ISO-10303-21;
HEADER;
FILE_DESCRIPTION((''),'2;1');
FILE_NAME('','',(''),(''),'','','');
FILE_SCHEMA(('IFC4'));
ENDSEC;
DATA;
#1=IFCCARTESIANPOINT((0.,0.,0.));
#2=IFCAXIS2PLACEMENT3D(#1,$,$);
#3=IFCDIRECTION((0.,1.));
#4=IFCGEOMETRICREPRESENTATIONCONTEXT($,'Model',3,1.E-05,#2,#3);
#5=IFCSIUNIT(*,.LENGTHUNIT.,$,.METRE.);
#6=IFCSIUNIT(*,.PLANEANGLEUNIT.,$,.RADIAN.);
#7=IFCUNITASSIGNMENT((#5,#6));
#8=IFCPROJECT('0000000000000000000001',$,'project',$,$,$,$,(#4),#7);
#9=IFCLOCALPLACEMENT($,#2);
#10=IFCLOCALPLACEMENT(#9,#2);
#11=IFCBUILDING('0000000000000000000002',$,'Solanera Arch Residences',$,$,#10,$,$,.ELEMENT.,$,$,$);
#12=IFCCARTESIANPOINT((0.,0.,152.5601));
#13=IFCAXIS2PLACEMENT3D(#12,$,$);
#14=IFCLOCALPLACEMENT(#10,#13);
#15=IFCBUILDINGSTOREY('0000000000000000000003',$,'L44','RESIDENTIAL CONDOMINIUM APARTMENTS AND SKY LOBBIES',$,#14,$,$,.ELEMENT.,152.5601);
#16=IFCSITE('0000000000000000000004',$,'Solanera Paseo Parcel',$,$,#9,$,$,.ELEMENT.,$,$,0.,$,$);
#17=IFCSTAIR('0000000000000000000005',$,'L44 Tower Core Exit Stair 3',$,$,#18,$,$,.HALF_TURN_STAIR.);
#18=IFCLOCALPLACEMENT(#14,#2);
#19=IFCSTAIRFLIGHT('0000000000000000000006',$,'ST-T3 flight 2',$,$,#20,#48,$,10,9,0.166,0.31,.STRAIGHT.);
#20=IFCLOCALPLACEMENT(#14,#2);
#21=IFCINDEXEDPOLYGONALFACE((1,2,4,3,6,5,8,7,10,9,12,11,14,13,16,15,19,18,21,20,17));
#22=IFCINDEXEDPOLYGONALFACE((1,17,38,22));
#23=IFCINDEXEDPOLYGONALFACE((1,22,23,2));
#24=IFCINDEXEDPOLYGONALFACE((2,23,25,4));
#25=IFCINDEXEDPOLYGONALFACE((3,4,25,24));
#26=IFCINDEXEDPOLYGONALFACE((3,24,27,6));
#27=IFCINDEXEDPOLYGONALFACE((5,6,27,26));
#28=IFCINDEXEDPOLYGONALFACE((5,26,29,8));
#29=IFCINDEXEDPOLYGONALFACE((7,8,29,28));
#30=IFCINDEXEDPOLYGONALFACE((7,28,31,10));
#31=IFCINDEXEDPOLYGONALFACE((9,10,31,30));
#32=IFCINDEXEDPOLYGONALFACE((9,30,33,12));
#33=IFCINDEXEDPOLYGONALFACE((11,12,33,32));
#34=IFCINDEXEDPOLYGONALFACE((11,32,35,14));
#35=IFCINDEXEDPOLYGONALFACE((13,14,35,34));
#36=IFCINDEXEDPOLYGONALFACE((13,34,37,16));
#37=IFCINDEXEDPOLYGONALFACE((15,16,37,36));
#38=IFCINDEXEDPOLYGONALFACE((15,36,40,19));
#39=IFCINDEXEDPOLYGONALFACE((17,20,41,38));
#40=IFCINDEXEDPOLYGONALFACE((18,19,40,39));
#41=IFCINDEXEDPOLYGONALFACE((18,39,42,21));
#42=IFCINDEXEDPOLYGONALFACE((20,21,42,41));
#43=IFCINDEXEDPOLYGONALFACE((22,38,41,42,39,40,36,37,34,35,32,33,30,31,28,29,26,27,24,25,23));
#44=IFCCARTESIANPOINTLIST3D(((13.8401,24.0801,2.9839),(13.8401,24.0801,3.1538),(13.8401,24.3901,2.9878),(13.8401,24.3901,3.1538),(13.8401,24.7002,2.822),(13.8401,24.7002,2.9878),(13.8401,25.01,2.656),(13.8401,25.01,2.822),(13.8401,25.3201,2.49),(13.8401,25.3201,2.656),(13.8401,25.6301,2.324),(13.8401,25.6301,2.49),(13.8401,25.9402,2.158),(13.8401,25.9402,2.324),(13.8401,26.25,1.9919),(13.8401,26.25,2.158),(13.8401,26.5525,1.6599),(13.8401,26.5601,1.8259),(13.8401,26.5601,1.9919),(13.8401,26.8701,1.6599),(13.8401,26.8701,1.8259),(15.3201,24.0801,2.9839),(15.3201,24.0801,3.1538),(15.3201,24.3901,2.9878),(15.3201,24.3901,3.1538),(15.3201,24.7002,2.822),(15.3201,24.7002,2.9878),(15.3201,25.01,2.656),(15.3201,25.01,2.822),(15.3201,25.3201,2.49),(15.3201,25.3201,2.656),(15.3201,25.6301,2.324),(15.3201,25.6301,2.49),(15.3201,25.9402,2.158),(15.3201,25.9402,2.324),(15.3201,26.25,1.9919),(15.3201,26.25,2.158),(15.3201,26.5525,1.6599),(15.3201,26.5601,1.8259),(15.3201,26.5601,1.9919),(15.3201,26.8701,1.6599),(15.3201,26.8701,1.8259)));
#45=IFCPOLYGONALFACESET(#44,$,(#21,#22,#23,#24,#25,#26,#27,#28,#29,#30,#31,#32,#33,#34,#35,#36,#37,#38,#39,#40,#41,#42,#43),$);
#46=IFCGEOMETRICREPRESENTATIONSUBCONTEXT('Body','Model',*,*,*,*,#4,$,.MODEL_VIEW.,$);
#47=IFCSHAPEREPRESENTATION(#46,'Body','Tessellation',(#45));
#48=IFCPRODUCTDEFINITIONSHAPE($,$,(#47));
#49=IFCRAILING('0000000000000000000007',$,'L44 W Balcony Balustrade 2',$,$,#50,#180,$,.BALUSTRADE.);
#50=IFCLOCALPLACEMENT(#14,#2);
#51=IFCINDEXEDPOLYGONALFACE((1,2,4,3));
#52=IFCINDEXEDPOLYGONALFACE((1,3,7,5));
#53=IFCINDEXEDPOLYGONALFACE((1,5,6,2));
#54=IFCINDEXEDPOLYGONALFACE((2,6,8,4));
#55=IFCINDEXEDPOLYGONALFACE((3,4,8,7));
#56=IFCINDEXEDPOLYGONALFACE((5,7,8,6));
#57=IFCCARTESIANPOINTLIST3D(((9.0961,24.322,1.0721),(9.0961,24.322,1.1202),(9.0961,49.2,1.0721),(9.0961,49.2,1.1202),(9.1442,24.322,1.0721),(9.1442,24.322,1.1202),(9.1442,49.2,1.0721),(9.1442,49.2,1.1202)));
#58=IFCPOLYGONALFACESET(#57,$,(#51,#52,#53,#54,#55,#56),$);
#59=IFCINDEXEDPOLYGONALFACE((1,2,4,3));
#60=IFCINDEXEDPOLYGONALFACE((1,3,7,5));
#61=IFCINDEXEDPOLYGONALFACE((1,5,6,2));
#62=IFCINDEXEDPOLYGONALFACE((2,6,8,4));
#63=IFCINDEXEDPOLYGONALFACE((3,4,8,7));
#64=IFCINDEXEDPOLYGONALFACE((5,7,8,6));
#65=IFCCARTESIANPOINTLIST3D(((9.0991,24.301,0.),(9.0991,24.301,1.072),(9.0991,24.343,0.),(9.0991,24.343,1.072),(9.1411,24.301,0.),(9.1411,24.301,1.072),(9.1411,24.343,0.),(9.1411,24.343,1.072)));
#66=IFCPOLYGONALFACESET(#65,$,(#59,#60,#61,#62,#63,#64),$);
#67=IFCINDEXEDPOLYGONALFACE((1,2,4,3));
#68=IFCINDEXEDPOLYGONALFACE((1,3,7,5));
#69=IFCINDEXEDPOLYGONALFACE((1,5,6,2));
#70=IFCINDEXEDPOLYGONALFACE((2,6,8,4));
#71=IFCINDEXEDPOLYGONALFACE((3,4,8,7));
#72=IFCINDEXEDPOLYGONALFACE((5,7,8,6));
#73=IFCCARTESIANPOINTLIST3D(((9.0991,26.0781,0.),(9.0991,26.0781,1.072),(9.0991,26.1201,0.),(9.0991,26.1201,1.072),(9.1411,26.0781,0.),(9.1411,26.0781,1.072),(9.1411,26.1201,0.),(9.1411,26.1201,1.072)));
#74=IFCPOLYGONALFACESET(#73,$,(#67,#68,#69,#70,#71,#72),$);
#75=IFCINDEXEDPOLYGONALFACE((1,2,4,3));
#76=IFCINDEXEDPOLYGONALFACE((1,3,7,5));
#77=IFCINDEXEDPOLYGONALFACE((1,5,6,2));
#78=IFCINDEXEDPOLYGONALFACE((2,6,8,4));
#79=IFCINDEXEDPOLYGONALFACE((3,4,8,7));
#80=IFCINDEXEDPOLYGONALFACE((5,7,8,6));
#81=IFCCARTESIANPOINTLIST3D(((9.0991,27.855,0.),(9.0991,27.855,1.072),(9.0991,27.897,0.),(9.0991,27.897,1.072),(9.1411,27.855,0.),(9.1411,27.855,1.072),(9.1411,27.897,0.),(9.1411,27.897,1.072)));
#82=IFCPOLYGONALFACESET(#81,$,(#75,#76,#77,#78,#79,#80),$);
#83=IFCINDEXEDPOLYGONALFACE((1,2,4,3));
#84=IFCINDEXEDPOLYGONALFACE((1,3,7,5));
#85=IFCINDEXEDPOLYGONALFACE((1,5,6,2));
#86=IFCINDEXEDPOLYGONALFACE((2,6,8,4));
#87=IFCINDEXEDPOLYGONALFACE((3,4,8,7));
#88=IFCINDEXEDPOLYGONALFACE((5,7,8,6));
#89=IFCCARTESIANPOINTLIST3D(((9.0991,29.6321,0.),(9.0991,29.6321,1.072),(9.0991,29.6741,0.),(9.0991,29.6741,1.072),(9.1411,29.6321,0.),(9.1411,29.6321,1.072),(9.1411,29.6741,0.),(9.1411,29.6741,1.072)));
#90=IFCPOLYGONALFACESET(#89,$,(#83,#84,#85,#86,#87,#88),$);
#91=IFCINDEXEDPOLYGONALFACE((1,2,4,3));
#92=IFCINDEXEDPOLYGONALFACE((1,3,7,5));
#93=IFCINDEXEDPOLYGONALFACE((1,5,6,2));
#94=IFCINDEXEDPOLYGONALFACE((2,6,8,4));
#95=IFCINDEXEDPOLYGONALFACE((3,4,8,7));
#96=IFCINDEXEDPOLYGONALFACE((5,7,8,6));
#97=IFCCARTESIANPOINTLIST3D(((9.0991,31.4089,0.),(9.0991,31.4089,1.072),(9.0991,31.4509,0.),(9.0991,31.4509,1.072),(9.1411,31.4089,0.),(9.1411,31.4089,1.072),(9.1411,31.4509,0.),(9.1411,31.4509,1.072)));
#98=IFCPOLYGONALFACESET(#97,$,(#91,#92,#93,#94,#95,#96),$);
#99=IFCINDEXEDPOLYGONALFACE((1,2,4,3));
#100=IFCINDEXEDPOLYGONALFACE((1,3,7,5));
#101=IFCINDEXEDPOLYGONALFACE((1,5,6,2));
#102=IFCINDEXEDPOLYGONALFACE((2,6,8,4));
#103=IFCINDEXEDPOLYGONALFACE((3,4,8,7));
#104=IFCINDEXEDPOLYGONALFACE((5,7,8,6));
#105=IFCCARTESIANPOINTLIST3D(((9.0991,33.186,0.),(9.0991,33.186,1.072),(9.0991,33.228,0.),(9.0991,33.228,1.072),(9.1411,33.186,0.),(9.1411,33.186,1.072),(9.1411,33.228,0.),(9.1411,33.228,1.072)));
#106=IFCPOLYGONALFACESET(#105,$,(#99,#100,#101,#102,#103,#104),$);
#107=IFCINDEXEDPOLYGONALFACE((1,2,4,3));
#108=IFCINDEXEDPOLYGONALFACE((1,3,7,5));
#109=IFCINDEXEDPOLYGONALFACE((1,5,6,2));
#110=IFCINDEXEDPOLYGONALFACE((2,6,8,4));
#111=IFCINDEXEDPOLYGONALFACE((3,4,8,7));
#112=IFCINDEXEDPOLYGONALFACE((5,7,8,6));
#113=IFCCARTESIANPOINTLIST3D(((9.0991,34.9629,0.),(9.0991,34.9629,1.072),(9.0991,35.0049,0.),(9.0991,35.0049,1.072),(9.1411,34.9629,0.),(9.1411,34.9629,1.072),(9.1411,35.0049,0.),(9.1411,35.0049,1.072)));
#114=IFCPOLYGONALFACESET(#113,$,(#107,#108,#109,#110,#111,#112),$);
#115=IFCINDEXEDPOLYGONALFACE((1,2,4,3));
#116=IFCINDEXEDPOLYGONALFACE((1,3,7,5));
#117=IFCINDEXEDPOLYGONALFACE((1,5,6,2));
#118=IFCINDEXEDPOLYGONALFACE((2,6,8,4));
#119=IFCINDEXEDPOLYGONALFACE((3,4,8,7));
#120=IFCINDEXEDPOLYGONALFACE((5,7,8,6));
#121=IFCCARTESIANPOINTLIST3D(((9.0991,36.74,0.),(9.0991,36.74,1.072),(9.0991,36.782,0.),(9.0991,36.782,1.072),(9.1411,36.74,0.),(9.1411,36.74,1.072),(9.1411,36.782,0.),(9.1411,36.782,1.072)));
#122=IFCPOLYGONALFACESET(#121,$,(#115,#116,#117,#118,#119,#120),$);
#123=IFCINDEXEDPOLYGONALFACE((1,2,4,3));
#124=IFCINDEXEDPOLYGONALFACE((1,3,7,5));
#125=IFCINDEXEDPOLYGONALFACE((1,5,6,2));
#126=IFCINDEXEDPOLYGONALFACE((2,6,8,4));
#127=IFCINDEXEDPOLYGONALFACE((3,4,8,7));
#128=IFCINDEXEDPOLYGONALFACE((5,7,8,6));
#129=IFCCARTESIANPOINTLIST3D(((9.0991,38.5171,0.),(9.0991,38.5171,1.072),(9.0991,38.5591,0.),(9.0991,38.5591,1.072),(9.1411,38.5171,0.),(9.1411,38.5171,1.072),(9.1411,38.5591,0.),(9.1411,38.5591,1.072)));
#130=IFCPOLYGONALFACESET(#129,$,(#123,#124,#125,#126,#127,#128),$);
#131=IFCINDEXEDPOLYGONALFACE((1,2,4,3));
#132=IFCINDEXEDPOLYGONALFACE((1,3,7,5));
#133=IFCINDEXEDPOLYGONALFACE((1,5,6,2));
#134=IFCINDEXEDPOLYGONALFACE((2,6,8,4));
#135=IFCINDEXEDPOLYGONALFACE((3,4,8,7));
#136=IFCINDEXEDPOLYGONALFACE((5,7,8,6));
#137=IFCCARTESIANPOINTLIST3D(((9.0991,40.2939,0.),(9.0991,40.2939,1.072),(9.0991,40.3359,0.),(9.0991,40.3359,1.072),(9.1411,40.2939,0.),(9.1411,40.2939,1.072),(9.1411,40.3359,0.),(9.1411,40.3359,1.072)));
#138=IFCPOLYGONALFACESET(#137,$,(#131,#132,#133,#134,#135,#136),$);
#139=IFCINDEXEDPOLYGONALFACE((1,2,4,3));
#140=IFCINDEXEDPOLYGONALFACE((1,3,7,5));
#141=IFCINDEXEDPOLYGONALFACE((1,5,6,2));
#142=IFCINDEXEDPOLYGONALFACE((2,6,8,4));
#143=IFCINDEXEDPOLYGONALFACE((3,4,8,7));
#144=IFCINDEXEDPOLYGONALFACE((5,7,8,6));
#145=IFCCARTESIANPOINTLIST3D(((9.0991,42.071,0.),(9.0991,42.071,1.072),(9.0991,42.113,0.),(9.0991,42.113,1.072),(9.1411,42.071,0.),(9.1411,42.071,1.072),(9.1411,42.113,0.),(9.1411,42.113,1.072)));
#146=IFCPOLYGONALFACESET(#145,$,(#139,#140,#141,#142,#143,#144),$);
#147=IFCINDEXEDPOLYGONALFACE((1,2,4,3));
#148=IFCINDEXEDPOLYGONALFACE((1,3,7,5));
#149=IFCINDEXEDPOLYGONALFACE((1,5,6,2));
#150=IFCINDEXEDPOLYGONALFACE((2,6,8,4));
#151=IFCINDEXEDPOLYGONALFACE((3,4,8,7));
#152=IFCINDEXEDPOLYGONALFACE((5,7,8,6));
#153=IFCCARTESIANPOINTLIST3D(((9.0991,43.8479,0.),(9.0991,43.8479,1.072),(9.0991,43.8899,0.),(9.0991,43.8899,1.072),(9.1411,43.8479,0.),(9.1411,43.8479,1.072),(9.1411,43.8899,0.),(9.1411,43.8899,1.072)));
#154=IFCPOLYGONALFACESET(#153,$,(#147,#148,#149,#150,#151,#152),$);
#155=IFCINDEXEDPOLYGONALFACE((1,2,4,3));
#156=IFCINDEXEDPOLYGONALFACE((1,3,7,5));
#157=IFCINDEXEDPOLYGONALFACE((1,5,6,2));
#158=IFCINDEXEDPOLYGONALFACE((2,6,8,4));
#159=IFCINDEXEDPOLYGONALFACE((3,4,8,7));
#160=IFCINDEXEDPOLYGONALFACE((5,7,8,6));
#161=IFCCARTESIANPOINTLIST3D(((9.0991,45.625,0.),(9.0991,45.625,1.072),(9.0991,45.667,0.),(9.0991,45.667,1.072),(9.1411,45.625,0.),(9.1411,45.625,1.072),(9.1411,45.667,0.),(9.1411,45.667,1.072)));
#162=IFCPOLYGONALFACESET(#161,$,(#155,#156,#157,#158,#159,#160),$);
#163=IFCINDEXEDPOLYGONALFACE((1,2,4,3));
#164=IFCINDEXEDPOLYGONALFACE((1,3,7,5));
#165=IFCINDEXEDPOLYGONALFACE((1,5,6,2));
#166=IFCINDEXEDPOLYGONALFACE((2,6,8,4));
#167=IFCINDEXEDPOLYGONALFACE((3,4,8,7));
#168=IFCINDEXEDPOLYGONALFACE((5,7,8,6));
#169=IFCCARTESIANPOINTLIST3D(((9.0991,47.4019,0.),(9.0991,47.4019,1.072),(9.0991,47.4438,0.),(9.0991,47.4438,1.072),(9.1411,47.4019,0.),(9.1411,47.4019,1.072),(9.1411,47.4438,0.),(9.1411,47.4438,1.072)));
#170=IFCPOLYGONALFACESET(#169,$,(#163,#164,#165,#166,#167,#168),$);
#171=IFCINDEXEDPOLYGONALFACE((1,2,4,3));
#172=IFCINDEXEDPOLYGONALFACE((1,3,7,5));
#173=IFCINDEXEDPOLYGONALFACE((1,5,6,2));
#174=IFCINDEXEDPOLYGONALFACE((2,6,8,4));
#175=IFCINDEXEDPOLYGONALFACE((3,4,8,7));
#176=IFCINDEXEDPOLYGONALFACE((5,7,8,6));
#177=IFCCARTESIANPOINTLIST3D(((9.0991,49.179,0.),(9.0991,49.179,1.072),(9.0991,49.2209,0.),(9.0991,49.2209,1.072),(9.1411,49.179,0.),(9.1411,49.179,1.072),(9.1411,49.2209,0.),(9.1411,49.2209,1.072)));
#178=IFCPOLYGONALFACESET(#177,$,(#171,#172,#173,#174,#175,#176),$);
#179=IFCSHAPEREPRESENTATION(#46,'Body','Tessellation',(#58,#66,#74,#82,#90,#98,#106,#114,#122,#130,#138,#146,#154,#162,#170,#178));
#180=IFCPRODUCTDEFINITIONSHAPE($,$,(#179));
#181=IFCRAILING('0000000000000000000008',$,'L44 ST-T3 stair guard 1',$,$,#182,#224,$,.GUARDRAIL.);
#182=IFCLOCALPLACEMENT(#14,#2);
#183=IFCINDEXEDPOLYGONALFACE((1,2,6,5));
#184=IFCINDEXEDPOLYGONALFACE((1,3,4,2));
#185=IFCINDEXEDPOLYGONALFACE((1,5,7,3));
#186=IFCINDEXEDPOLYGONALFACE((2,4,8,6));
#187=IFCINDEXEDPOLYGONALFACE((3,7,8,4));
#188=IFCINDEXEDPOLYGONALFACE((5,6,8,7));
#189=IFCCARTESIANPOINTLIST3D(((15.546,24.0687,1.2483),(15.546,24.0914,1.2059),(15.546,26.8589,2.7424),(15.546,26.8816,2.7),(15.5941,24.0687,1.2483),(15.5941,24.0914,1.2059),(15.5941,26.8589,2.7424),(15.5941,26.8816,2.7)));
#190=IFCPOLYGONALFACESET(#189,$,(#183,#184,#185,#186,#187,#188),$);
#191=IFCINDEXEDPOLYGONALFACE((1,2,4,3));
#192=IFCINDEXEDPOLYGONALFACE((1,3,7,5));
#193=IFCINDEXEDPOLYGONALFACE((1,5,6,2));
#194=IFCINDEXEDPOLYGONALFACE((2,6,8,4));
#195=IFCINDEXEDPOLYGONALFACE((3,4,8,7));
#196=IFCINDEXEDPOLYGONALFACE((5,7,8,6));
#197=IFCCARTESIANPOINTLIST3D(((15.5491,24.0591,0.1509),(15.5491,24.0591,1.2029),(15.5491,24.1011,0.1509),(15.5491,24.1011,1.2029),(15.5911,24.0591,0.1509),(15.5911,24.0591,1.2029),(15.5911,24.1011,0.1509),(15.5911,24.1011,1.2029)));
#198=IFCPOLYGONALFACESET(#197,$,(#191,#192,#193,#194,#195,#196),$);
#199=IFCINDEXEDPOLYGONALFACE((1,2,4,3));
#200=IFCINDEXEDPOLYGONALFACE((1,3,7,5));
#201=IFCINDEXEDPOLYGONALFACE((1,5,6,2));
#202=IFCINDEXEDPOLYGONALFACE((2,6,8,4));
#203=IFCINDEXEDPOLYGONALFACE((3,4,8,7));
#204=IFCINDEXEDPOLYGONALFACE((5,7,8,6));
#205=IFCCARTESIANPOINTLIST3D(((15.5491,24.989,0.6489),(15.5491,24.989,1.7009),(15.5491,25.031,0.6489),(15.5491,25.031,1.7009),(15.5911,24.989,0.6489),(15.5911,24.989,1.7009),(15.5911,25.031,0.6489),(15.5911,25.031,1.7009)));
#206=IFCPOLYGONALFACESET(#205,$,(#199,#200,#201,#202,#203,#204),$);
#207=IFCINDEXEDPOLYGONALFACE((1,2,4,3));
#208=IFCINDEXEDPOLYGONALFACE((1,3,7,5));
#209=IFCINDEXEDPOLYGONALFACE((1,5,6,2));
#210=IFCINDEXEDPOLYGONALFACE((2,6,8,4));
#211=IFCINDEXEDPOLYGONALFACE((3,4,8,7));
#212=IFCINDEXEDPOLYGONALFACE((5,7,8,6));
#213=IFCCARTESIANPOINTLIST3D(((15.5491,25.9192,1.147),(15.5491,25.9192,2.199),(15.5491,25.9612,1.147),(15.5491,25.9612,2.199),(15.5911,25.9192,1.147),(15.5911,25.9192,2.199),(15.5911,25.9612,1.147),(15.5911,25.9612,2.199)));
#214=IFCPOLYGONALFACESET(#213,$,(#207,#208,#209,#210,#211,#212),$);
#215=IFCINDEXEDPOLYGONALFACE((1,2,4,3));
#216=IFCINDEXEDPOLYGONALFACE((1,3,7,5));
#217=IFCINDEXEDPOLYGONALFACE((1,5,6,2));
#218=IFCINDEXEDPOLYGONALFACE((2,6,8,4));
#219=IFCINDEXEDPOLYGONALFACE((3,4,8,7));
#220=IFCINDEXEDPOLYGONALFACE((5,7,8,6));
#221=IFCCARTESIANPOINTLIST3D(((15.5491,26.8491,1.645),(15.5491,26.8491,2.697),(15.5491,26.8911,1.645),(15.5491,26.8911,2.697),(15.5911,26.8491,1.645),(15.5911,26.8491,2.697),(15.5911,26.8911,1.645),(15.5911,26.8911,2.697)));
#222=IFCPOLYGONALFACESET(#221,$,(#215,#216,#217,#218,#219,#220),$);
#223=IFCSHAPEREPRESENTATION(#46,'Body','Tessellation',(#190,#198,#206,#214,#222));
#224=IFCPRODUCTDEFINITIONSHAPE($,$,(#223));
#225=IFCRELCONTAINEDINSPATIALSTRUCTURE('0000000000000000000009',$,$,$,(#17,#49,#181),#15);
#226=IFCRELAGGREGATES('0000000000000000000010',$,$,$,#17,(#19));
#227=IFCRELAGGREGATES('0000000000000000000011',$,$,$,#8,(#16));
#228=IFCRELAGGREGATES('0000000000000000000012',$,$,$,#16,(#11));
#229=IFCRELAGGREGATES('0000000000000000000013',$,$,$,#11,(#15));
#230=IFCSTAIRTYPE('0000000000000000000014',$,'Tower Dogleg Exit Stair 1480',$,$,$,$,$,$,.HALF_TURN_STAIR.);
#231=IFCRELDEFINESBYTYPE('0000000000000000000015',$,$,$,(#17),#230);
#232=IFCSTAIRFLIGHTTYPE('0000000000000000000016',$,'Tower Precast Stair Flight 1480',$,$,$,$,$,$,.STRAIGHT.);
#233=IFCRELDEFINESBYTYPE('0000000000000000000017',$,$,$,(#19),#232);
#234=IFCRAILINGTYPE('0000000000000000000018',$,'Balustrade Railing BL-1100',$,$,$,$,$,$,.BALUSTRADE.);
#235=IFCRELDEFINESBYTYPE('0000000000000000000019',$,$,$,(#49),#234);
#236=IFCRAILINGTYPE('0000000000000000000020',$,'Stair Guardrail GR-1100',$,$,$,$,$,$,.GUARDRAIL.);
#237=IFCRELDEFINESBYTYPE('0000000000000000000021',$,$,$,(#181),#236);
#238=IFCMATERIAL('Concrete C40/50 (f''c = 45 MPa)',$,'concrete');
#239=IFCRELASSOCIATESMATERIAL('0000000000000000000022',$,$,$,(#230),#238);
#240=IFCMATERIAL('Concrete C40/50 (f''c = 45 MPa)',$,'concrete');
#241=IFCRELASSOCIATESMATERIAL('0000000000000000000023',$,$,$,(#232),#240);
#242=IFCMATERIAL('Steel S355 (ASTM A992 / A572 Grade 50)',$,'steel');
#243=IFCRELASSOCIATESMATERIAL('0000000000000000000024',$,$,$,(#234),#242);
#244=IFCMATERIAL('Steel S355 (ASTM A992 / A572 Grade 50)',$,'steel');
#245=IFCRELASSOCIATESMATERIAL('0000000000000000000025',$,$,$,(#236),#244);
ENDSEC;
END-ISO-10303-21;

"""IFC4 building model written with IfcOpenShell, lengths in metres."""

from ifc_helpers import new_model, si_unit, direction, frame, origin, origin_2d, place, context, subcontext, project, spatial, polyline, rectangle, outline, extrude, material, type_object, element, aggregate, save


model = new_model("IFC4")

# Units and contexts
model_context = context("Model", 3, precision=1e-05, world=origin(), true_north=direction((0.0, 1.0)))
body_context = subcontext(model_context, "Body", "Model", "MODEL_VIEW")
ifc_project = project(units=[si_unit("LENGTHUNIT", "METRE"), si_unit("PLANEANGLEUNIT", "RADIAN")], contexts=[model_context])

# Site, building, storey
site_placement = place(None, origin())
site = spatial("IfcSite", under=ifc_project, at=site_placement, Name="Solanera Paseo Parcel", CompositionType="ELEMENT", RefElevation=0.0)
building_placement = place(site_placement, origin())
building = spatial("IfcBuilding", under=site, at=building_placement, Name="Solanera Arch Residences", CompositionType="ELEMENT")
storey_placement = place(building_placement, frame((0.0, 0.0, 152.5601)))
storey = spatial("IfcBuildingStorey", under=building, at=storey_placement, Name="L44", Description="RESIDENTIAL CONDOMINIUM APARTMENTS AND SKY LOBBIES", CompositionType="ELEMENT", Elevation=152.5601)

# Stair, stair flight
ifc_material_1 = material(Name="Concrete C40/50 (f'c = 45 MPa)", Category="concrete")
stair_type = type_object("IfcStairType", Name="Tower Dogleg Exit Stair 1480", PredefinedType="HALF_TURN_STAIR", material=ifc_material_1)
stair_placement = place(storey_placement, origin())
stair = element("IfcStair", 1, at=stair_placement, inside=storey, type_object=stair_type, Name="L44 Tower Core Exit Stair 3", PredefinedType="HALF_TURN_STAIR")
ifc_material_2 = material(Name="Concrete C40/50 (f'c = 45 MPa)", Category="concrete")
stair_flight_type = type_object("IfcStairFlightType", Name="Tower Precast Stair Flight 1480", PredefinedType="STRAIGHT", material=ifc_material_2)
stair_flight_1_placement = place(storey_placement, frame((14.5801, 26.8701, 1.6599), z_axis=(0.0, 0.0, 1.0), x_axis=(0.0, -1.0, 0.0)))
stair_flight_1 = element("IfcStairFlight", 2, at=stair_flight_1_placement, type_object=stair_flight_type, Name="ST-T3 flight 2", NumberOfRisers=10, NumberOfTreads=9, PredefinedType="STRAIGHT", RiserHeight=0.166, TreadLength=0.31, context=body_context, shape_type="SweptSolid", body=[
    extrude(outline(polyline([(0.0, 0.0), (0.0, 0.166), (0.3101, 0.166), (0.3101, 0.332), (0.6201, 0.332), (0.6201, 0.498), (0.9299, 0.498), (0.9299, 0.6641), (1.24, 0.6641), (1.24, 0.8301), (1.55, 0.8301), (1.55, 0.9961), (1.8601, 0.9961), (1.8601, 1.1621), (2.1699, 1.1621), (2.1699, 1.3279), (2.48, 1.3279), (2.48, 1.4939), (2.79, 1.4939), (2.79, 1.6599), (2.79, 1.324), (0.3176, 0.0), (0.0, 0.0)])), frame((0.0, 0.74, 0.0), z_axis=(0.0, -1.0, 0.0), x_axis=(1.0, 0.0, 0.0)), (0.0, 0.0, 1.0), 1.48),
])
aggregate(stair, [stair_flight_1])

# Railings
ifc_material_3 = material(Name="Steel S355 (ASTM A992 / A572 Grade 50)", Category="steel")
railing_type_1 = type_object("IfcRailingType", Name="Balustrade Railing BL-1100", PredefinedType="BALUSTRADE", material=ifc_material_3)
railing_1_placement = place(storey_placement, frame((9.1201, 24.322, 0.0)))
element("IfcRailing", 3, at=railing_1_placement, inside=storey, type_object=railing_type_1, Name="L44 W Balcony Balustrade 2", PredefinedType="BALUSTRADE", context=body_context, shape_type="SweptSolid", body=[
    extrude(rectangle(XDim=0.0481, YDim=0.0481, at=origin_2d()), frame((0.0, 0.0, 1.0962), z_axis=(0.0, 1.0, 0.0), x_axis=(-1.0, 0.0, 0.0)), (0.0, 0.0, 1.0), 24.8779),
    extrude(rectangle(XDim=0.042, YDim=0.042, at=origin_2d()), origin(), (0.0, 0.0, 1.0), 1.072),
    extrude(rectangle(XDim=0.042, YDim=0.042, at=origin_2d()), frame((0.0, 1.7771, 0.0)), (0.0, 0.0, 1.0), 1.072),
    extrude(rectangle(XDim=0.042, YDim=0.042, at=origin_2d()), frame((0.0, 3.554, 0.0)), (0.0, 0.0, 1.0), 1.072),
    extrude(rectangle(XDim=0.042, YDim=0.042, at=origin_2d()), frame((0.0, 5.3311, 0.0)), (0.0, 0.0, 1.0), 1.072),
    extrude(rectangle(XDim=0.042, YDim=0.042, at=origin_2d()), frame((0.0, 7.1079, 0.0)), (0.0, 0.0, 1.0), 1.072),
    extrude(rectangle(XDim=0.042, YDim=0.042, at=origin_2d()), frame((0.0, 8.885, 0.0)), (0.0, 0.0, 1.0), 1.072),
    extrude(rectangle(XDim=0.042, YDim=0.042, at=origin_2d()), frame((0.0, 10.6619, 0.0)), (0.0, 0.0, 1.0), 1.072),
    extrude(rectangle(XDim=0.042, YDim=0.042, at=origin_2d()), frame((0.0, 12.439, 0.0)), (0.0, 0.0, 1.0), 1.072),
    extrude(rectangle(XDim=0.042, YDim=0.042, at=origin_2d()), frame((0.0, 14.2161, 0.0)), (0.0, 0.0, 1.0), 1.072),
    extrude(rectangle(XDim=0.042, YDim=0.042, at=origin_2d()), frame((0.0, 15.9929, 0.0)), (0.0, 0.0, 1.0), 1.072),
    extrude(rectangle(XDim=0.042, YDim=0.042, at=origin_2d()), frame((0.0, 17.77, 0.0)), (0.0, 0.0, 1.0), 1.072),
    extrude(rectangle(XDim=0.042, YDim=0.042, at=origin_2d()), frame((0.0, 19.5469, 0.0)), (0.0, 0.0, 1.0), 1.072),
    extrude(rectangle(XDim=0.042, YDim=0.042, at=origin_2d()), frame((0.0, 21.324, 0.0)), (0.0, 0.0, 1.0), 1.072),
    extrude(rectangle(XDim=0.042, YDim=0.042, at=origin_2d()), frame((0.0, 23.1008, 0.0)), (0.0, 0.0, 1.0), 1.072),
    extrude(rectangle(XDim=0.042, YDim=0.042, at=origin_2d()), frame((0.0, 24.8779, 0.0)), (0.0, 0.0, 1.0), 1.072),
])
ifc_material_4 = material(Name="Steel S355 (ASTM A992 / A572 Grade 50)", Category="steel")
railing_type_2 = type_object("IfcRailingType", Name="Stair Guardrail GR-1100", PredefinedType="GUARDRAIL", material=ifc_material_4)
railing_2_placement = place(storey_placement, frame((15.5701, 24.0801, 0.1509)))
element("IfcRailing", 4, at=railing_2_placement, inside=storey, type_object=railing_type_2, Name="L44 ST-T3 stair guard 1", PredefinedType="GUARDRAIL", context=body_context, shape_type="SweptSolid", body=[
    extrude(rectangle(XDim=0.0481, YDim=0.0481, at=origin_2d()), frame((0.0, 0.0, 1.0762), z_axis=(0.0, 0.881549, 0.472093), x_axis=(-1.0, 0.0, 0.0)), (0.0, 0.0, 1.0), 3.165),
    extrude(rectangle(XDim=0.042, YDim=0.042, at=origin_2d()), origin(), (0.0, 0.0, 1.0), 1.052),
    extrude(rectangle(XDim=0.042, YDim=0.042, at=origin_2d()), frame((0.0, 0.9299, 0.498)), (0.0, 0.0, 1.0), 1.052),
    extrude(rectangle(XDim=0.042, YDim=0.042, at=origin_2d()), frame((0.0, 1.8601, 0.9961)), (0.0, 0.0, 1.0), 1.052),
    extrude(rectangle(XDim=0.042, YDim=0.042, at=origin_2d()), frame((0.0, 2.79, 1.4941)), (0.0, 0.0, 1.0), 1.052),
])

save(model, "model.ifc")
